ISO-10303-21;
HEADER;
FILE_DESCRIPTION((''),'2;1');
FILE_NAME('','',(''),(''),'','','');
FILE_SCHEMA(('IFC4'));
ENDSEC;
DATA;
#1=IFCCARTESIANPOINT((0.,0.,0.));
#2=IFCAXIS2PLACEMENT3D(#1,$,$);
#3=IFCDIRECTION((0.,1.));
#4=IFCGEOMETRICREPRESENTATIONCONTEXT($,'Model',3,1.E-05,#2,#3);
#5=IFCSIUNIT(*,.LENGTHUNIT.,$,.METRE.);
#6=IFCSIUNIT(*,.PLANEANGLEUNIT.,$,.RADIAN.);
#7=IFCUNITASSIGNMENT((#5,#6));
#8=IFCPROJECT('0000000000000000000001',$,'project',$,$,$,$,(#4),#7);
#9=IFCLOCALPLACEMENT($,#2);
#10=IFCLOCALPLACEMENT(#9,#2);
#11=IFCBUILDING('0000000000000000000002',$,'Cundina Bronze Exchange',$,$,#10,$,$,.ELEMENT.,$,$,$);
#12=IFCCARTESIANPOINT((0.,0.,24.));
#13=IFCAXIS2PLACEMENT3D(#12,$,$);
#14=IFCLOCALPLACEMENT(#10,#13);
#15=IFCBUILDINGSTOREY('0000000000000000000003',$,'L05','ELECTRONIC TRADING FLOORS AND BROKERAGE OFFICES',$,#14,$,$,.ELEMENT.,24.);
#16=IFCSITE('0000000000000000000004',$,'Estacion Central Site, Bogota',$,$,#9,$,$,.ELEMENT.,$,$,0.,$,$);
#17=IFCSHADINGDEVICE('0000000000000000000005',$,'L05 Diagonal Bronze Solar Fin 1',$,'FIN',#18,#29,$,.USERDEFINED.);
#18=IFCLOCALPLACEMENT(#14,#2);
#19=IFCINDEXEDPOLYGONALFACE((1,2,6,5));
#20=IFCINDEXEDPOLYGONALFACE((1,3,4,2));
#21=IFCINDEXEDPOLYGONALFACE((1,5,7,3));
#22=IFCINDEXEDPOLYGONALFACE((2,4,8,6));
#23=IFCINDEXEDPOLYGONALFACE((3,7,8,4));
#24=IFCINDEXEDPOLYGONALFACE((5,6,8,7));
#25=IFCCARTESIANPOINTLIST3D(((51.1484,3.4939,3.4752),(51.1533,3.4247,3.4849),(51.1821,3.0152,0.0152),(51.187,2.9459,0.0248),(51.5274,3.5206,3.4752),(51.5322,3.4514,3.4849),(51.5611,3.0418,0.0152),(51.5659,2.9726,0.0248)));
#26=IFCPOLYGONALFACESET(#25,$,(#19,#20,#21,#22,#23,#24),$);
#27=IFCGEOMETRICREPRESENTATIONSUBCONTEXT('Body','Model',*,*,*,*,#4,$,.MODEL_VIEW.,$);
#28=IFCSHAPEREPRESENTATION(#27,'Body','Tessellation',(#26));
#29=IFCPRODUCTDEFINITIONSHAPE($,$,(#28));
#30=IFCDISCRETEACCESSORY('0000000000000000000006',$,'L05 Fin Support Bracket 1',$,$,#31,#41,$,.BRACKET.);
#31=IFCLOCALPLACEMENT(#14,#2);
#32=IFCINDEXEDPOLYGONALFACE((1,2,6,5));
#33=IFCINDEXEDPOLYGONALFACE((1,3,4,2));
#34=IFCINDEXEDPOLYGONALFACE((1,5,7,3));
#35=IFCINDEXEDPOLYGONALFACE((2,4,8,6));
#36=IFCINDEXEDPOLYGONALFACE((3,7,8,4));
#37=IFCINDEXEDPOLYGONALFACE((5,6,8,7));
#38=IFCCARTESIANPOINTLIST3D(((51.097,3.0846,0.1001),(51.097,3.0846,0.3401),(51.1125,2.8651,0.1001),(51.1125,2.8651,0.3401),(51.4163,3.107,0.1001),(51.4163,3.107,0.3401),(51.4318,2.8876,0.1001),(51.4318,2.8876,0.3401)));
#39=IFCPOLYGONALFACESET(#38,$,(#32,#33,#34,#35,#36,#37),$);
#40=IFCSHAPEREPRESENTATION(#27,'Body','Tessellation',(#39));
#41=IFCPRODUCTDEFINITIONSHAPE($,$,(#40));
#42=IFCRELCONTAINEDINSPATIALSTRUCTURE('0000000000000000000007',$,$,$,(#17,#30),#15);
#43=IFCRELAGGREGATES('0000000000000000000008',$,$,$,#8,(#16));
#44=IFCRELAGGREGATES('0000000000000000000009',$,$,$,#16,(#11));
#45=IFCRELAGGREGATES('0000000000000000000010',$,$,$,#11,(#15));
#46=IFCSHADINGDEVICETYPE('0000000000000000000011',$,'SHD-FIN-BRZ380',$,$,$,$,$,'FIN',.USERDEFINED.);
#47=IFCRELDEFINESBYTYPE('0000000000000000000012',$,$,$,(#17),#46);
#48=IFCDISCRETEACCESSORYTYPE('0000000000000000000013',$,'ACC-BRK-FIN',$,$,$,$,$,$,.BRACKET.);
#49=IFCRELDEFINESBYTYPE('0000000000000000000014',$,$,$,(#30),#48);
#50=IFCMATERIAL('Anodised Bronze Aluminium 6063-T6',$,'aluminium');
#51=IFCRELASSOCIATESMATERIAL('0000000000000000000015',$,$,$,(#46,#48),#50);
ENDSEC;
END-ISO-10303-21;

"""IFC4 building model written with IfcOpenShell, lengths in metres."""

from ifc_helpers import new_model, si_unit, direction, frame, origin, origin_2d, place, context, subcontext, project, spatial, rectangle, extrude, material, material_profile, profile_set, type_object, element, save


model = new_model("IFC4")

# Units and contexts
model_context = context("Model", 3, precision=1e-05, world=origin(), true_north=direction((0.0, 1.0)))
body_context = subcontext(model_context, "Body", "Model", "MODEL_VIEW")
ifc_project = project(units=[si_unit("LENGTHUNIT", "METRE"), si_unit("PLANEANGLEUNIT", "RADIAN")], contexts=[model_context])

# Site, building, storey
site_placement = place(None, origin())
site = spatial("IfcSite", under=ifc_project, at=site_placement, Name="Estacion Central Site, Bogota", CompositionType="ELEMENT", RefElevation=0.0)
building_placement = place(site_placement, origin())
building = spatial("IfcBuilding", under=site, at=building_placement, Name="Cundina Bronze Exchange", CompositionType="ELEMENT")
storey_placement = place(building_placement, frame((0.0, 0.0, 24.0)))
storey = spatial("IfcBuildingStorey", under=building, at=storey_placement, Name="L05", Description="ELECTRONIC TRADING FLOORS AND BROKERAGE OFFICES", CompositionType="ELEMENT", Elevation=24.0)

# Shared definitions
ifc_material_1 = material(Name="Anodised Bronze Aluminium 6063-T6", Category="aluminium")

# Shading device
ifc_material_profile_1 = material_profile(ifc_material_1, rectangle(XDim=0.0701, YDim=0.3799, at=origin_2d()), Name="FIN70X380", Category="aluminium")
ifc_profile_set_1 = profile_set([ifc_material_profile_1], Name="Anodised Bronze Aluminium 6063-T6")
shading_device_type = type_object("IfcShadingDeviceType", Name="SHD-FIN-BRZ380", ElementType="FIN", PredefinedType="USERDEFINED", material=ifc_profile_set_1)
shading_device_placement = place(storey_placement, frame((51.374, 2.9939, 0.02), z_axis=(-0.009645, 0.137059, 0.990516), x_axis=(0.069533, -0.988072, 0.137398)))
element("IfcShadingDevice", 1, at=shading_device_placement, inside=storey, type_object=shading_device_type, Name="L05 Diagonal Bronze Solar Fin 1", ObjectType="FIN", PredefinedType="USERDEFINED", context=body_context, shape_type="SweptSolid", body=[
    extrude(rectangle(XDim=0.0701, YDim=0.3799, at=origin_2d()), origin(), (0.0, 0.0, 1.0), 3.4932),
])

# Discrete accessory
discrete_accessory_type = type_object("IfcDiscreteAccessoryType", Name="ACC-BRK-FIN", PredefinedType="BRACKET", material=ifc_material_1)
discrete_accessory_placement = place(storey_placement, frame((51.2644, 2.9861, 0.1001), z_axis=(0.0, 0.0, 1.0), x_axis=(-0.070279, 0.997527, 0.0)))
element("IfcDiscreteAccessory", 2, at=discrete_accessory_placement, inside=storey, type_object=discrete_accessory_type, Name="L05 Fin Support Bracket 1", PredefinedType="BRACKET", context=body_context, shape_type="SweptSolid", body=[
    extrude(rectangle(XDim=0.22, YDim=0.3201, at=origin_2d()), origin(), (0.0, 0.0, 1.0), 0.24),
])

save(model, "model.ifc")
